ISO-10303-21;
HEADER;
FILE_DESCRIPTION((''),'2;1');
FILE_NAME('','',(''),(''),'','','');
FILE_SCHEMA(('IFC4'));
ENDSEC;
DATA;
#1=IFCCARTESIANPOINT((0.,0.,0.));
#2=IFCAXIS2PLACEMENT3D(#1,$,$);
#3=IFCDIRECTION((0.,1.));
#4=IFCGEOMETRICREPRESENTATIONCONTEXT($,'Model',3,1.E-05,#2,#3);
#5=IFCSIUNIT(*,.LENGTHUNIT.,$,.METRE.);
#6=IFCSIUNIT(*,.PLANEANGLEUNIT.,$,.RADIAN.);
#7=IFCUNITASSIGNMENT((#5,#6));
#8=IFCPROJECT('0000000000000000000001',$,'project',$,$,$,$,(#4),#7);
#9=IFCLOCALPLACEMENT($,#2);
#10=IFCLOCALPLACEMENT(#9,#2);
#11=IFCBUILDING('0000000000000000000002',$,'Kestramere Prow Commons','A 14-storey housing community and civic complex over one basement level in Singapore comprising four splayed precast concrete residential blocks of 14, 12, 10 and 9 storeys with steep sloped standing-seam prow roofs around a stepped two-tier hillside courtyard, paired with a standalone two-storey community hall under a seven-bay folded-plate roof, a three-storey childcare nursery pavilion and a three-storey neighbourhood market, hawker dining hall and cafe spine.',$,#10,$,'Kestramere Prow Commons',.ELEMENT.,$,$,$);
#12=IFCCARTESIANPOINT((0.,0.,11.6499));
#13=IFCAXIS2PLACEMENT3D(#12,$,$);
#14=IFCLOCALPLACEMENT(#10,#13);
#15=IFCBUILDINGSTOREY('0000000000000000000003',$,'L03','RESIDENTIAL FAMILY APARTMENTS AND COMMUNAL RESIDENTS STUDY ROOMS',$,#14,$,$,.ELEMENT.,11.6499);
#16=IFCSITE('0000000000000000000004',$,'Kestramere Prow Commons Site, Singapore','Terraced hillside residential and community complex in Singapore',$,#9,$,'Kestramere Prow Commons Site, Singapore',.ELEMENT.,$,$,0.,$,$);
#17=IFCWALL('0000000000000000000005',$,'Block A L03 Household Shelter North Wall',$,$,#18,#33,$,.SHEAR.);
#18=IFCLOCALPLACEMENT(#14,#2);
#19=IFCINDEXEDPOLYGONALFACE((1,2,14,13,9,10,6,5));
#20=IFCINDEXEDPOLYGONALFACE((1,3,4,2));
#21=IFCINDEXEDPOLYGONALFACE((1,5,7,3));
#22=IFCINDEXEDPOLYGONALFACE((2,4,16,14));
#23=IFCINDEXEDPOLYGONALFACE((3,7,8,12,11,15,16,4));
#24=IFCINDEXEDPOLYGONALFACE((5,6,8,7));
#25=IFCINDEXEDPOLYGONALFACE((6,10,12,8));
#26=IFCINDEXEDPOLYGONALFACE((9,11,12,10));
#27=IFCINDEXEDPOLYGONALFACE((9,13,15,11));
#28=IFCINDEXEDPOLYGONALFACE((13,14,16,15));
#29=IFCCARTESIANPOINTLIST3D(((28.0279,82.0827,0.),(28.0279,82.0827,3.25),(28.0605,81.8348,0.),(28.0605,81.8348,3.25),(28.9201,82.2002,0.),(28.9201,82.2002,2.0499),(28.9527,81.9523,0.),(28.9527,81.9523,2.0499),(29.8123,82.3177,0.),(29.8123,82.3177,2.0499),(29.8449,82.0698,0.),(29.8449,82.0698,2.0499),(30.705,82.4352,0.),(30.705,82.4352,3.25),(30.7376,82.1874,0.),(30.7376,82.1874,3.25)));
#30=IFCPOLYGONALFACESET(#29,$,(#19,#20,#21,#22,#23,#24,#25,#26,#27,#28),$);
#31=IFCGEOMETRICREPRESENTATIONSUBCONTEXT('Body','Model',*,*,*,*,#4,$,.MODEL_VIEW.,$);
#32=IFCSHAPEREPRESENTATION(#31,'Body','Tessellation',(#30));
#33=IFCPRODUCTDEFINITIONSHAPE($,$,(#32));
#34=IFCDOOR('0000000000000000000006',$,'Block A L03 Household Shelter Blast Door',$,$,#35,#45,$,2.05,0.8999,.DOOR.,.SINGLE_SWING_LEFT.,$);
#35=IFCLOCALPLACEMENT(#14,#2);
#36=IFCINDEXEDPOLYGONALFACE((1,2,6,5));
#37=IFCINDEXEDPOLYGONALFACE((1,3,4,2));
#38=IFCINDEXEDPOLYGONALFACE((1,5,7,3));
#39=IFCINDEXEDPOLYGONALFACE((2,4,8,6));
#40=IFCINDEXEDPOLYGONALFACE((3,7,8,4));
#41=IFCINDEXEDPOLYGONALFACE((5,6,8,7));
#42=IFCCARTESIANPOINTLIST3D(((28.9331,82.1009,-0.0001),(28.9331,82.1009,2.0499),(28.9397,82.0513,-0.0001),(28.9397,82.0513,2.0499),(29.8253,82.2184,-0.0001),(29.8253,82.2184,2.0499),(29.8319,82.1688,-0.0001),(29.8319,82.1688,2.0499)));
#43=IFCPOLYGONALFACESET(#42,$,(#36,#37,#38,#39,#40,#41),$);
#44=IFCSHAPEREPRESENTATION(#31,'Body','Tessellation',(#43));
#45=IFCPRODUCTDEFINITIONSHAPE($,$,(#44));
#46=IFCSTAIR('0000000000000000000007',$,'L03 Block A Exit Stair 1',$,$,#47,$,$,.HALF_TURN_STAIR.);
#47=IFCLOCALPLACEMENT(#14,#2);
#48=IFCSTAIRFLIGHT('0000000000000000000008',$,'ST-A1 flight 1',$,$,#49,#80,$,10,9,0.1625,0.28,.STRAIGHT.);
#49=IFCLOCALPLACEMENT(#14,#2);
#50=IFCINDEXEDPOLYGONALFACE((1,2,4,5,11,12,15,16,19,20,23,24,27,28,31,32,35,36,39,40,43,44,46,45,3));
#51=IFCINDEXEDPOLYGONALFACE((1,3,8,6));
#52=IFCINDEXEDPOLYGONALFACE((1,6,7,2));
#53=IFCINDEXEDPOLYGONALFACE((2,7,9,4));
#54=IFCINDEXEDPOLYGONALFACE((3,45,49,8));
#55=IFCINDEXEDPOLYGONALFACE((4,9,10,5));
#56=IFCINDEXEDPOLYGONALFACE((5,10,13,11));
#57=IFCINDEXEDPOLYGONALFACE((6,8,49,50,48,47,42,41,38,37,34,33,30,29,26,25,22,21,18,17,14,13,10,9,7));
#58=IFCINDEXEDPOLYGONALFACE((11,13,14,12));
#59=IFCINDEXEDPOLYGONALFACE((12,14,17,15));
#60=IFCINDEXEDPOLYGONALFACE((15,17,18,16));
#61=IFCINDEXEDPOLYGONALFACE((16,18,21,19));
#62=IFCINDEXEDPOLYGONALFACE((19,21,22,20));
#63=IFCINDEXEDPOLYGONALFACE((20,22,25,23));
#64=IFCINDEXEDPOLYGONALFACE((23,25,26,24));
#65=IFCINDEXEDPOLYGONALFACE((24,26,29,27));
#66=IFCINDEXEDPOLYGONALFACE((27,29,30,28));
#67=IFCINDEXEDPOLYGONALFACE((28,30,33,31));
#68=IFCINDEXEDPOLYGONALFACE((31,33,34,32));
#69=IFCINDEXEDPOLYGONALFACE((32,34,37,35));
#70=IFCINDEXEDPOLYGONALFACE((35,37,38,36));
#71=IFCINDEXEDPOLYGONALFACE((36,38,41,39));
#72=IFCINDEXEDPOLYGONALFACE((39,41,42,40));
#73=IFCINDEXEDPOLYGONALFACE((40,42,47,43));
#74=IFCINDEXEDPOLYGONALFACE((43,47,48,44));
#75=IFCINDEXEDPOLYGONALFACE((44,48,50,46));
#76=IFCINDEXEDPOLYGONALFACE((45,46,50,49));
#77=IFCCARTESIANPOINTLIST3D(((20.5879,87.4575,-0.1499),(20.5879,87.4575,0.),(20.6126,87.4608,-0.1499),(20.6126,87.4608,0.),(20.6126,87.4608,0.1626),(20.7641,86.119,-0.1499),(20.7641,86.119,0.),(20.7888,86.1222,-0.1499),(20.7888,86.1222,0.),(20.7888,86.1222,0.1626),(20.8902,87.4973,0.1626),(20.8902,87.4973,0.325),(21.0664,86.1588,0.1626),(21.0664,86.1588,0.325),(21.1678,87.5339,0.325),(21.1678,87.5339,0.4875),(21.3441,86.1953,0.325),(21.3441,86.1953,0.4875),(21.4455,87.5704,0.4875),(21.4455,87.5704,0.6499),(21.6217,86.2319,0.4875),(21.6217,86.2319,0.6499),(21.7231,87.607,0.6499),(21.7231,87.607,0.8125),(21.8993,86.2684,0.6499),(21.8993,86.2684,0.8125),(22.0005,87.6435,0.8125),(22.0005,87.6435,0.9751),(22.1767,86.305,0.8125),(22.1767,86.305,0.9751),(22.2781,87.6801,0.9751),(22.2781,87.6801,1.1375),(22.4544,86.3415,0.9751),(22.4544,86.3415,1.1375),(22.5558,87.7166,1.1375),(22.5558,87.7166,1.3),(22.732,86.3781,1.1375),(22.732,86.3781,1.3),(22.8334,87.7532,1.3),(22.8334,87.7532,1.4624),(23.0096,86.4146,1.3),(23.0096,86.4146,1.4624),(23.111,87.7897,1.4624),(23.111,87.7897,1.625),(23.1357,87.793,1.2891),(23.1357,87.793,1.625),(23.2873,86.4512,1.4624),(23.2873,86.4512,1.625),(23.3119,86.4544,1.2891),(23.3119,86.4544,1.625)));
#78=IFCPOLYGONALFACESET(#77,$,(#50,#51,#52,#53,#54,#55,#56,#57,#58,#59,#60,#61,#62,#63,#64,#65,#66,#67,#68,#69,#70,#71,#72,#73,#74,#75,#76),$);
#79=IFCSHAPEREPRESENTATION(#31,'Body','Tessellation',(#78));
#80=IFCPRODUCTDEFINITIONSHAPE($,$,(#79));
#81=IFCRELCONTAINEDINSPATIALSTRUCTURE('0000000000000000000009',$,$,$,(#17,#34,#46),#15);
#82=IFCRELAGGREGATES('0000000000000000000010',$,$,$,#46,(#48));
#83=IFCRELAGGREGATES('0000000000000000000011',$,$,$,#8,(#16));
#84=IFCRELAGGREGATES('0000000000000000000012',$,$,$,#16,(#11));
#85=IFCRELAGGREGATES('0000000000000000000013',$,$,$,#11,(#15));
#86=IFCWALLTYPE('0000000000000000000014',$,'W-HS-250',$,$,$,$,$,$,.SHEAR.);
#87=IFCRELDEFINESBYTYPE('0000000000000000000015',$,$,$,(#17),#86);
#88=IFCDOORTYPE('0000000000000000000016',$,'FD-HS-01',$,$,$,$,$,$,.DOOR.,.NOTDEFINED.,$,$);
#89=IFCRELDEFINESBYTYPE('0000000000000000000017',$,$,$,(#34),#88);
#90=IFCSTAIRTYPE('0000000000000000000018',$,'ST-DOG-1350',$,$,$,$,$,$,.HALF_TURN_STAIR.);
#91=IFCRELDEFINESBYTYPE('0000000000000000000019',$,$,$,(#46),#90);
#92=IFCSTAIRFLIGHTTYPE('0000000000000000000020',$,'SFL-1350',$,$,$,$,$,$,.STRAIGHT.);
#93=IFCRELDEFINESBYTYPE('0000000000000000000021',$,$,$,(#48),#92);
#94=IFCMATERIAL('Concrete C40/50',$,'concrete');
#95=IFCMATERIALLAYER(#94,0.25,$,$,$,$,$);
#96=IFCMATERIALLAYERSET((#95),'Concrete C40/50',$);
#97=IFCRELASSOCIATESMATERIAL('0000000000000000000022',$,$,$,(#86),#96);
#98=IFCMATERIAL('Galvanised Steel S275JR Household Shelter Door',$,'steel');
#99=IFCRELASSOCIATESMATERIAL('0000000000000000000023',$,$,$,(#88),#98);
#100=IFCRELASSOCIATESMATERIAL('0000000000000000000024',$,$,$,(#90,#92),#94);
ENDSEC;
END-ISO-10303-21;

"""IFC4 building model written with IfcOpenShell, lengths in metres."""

from ifc_helpers import new_model, si_unit, direction, frame, frame_2d, origin, place, context, subcontext, project, spatial, polyline, rectangle, outline, extrude, material, layer, layer_set, type_object, element, fill, aggregate, save


model = new_model("IFC4")

# Units and contexts
model_context = context("Model", 3, precision=1e-05, world=origin(), true_north=direction((0.0, 1.0)))
body_context = subcontext(model_context, "Body", "Model", "MODEL_VIEW")
ifc_project = project(units=[si_unit("LENGTHUNIT", "METRE"), si_unit("PLANEANGLEUNIT", "RADIAN")], contexts=[model_context])

# Site, building, storey
site_placement = place(None, origin())
site = spatial("IfcSite", under=ifc_project, at=site_placement, Name="Kestramere Prow Commons Site, Singapore", Description="Terraced hillside residential and community complex in Singapore", LongName="Kestramere Prow Commons Site, Singapore", CompositionType="ELEMENT", RefElevation=0.0)
building_placement = place(site_placement, origin())
building = spatial("IfcBuilding", under=site, at=building_placement, Name="Kestramere Prow Commons", Description="A 14-storey housing community and civic complex over one basement level in Singapore comprising four splayed precast concrete residential blocks of 14, 12, 10 and 9 storeys with steep sloped standing-seam prow roofs around a stepped two-tier hillside courtyard, paired with a standalone two-storey community hall under a seven-bay folded-plate roof, a three-storey childcare nursery pavilion and a three-storey neighbourhood market, hawker dining hall and cafe spine.", LongName="Kestramere Prow Commons", CompositionType="ELEMENT")
storey_placement = place(building_placement, frame((0.0, 0.0, 11.6499)))
storey = spatial("IfcBuildingStorey", under=building, at=storey_placement, Name="L03", Description="RESIDENTIAL FAMILY APARTMENTS AND COMMUNAL RESIDENTS STUDY ROOMS", CompositionType="ELEMENT", Elevation=11.6499)

# Shared definitions
ifc_material_1 = material(Name="Concrete C40/50", Category="concrete")

# Wall, opening, door
ifc_layer_1 = layer(ifc_material_1, 0.25)
ifc_layer_set_1 = layer_set([ifc_layer_1], Name="Concrete C40/50")
wall_type_1 = type_object("IfcWallType", Name="W-HS-250", PredefinedType="SHEAR", material=ifc_layer_set_1)
wall_1_placement = place(storey_placement, frame((28.0442, 81.9587, 0.0), z_axis=(0.0, 0.0, 1.0), x_axis=(0.99144, 0.130564, 0.0)))
wall_1 = element("IfcWall", 1, at=wall_1_placement, inside=storey, type_object=wall_type_1, Name="Block A L03 Household Shelter North Wall", PredefinedType="SHEAR", context=body_context, shape_type="SweptSolid", body=[
    extrude(rectangle(XDim=2.7002, YDim=0.25, at=frame_2d((1.3501, 0.0))), origin(), (0.0, 0.0, 1.0), 3.25),
])
opening_1_placement = place(wall_1_placement, frame((0.8999, 0.0, 0.0)))
opening_1 = element("IfcOpeningElement", 2, at=opening_1_placement, cuts=wall_1, PredefinedType="OPENING", context=body_context, shape_type="SweptSolid", body=[
    extrude(rectangle(XDim=0.8999, YDim=2.05, at=frame_2d((0.45, 1.0249))), frame((0.0, 0.1399, 0.0), z_axis=(0.0, -1.0, 0.0), x_axis=(1.0, 0.0, 0.0)), (0.0, 0.0, 1.0), 0.28),
])
ifc_material_2 = material(Name="Galvanised Steel S275JR Household Shelter Door", Category="steel")
door_type_1 = type_object("IfcDoorType", Name="FD-HS-01", OperationType="NOTDEFINED", PredefinedType="DOOR", material=ifc_material_2)
door_1_placement = place(opening_1_placement, origin())
door_1 = element("IfcDoor", 3, at=door_1_placement, inside=storey, type_object=door_type_1, Name="Block A L03 Household Shelter Blast Door", OperationType="SINGLE_SWING_LEFT", OverallHeight=2.05, OverallWidth=0.8999, PredefinedType="DOOR", context=body_context, shape_type="SweptSolid", body=[
    extrude(rectangle(XDim=0.8999, YDim=2.05, at=frame_2d((0.45, 1.0249))), frame((0.0, 0.0249, 0.0), z_axis=(0.0, -1.0, 0.0), x_axis=(1.0, 0.0, 0.0)), (0.0, 0.0, 1.0), 0.05),
])
fill(opening_1, door_1)

# Stair, stair flight
stair_type = type_object("IfcStairType", Name="ST-DOG-1350", PredefinedType="HALF_TURN_STAIR", material=ifc_material_1)
stair_placement = place(storey_placement, origin())
stair = element("IfcStair", 4, at=stair_placement, inside=storey, type_object=stair_type, Name="L03 Block A Exit Stair 1", PredefinedType="HALF_TURN_STAIR")
stair_flight_type = type_object("IfcStairFlightType", Name="SFL-1350", PredefinedType="STRAIGHT", material=ifc_material_1)
stair_flight_placement = place(storey_placement, frame((20.7007, 86.7915, 0.0), z_axis=(0.0, 0.0, 1.0), x_axis=(0.991445, 0.130526, 0.0)))
stair_flight = element("IfcStairFlight", 5, at=stair_flight_placement, type_object=stair_flight_type, Name="ST-A1 flight 1", NumberOfRisers=10, NumberOfTreads=9, PredefinedType="STRAIGHT", RiserHeight=0.1625, TreadLength=0.28, context=body_context, shape_type="SweptSolid", body=[
    extrude(outline(polyline([(-0.0249, 0.0), (0.0, 0.0), (0.0, 0.1626), (0.28, 0.1626), (0.28, 0.325), (0.5601, 0.325), (0.5601, 0.4875), (0.8401, 0.4875), (0.8401, 0.6499), (1.1201, 0.6499), (1.1201, 0.8125), (1.3999, 0.8125), (1.3999, 0.9751), (1.6799, 0.9751), (1.6799, 1.1375), (1.96, 1.1375), (1.96, 1.3), (2.24, 1.3), (2.24, 1.4624), (2.52, 1.4624), (2.52, 1.625), (2.5449, 1.625), (2.5449, 1.2891), (0.0, -0.1499), (-0.0249, -0.1499), (-0.0249, 0.0)])), frame((0.0, 0.675, 0.0), z_axis=(0.0, -1.0, 0.0), x_axis=(1.0, 0.0, 0.0)), (0.0, 0.0, 1.0), 1.3501),
])
aggregate(stair, [stair_flight])

save(model, "model.ifc")
